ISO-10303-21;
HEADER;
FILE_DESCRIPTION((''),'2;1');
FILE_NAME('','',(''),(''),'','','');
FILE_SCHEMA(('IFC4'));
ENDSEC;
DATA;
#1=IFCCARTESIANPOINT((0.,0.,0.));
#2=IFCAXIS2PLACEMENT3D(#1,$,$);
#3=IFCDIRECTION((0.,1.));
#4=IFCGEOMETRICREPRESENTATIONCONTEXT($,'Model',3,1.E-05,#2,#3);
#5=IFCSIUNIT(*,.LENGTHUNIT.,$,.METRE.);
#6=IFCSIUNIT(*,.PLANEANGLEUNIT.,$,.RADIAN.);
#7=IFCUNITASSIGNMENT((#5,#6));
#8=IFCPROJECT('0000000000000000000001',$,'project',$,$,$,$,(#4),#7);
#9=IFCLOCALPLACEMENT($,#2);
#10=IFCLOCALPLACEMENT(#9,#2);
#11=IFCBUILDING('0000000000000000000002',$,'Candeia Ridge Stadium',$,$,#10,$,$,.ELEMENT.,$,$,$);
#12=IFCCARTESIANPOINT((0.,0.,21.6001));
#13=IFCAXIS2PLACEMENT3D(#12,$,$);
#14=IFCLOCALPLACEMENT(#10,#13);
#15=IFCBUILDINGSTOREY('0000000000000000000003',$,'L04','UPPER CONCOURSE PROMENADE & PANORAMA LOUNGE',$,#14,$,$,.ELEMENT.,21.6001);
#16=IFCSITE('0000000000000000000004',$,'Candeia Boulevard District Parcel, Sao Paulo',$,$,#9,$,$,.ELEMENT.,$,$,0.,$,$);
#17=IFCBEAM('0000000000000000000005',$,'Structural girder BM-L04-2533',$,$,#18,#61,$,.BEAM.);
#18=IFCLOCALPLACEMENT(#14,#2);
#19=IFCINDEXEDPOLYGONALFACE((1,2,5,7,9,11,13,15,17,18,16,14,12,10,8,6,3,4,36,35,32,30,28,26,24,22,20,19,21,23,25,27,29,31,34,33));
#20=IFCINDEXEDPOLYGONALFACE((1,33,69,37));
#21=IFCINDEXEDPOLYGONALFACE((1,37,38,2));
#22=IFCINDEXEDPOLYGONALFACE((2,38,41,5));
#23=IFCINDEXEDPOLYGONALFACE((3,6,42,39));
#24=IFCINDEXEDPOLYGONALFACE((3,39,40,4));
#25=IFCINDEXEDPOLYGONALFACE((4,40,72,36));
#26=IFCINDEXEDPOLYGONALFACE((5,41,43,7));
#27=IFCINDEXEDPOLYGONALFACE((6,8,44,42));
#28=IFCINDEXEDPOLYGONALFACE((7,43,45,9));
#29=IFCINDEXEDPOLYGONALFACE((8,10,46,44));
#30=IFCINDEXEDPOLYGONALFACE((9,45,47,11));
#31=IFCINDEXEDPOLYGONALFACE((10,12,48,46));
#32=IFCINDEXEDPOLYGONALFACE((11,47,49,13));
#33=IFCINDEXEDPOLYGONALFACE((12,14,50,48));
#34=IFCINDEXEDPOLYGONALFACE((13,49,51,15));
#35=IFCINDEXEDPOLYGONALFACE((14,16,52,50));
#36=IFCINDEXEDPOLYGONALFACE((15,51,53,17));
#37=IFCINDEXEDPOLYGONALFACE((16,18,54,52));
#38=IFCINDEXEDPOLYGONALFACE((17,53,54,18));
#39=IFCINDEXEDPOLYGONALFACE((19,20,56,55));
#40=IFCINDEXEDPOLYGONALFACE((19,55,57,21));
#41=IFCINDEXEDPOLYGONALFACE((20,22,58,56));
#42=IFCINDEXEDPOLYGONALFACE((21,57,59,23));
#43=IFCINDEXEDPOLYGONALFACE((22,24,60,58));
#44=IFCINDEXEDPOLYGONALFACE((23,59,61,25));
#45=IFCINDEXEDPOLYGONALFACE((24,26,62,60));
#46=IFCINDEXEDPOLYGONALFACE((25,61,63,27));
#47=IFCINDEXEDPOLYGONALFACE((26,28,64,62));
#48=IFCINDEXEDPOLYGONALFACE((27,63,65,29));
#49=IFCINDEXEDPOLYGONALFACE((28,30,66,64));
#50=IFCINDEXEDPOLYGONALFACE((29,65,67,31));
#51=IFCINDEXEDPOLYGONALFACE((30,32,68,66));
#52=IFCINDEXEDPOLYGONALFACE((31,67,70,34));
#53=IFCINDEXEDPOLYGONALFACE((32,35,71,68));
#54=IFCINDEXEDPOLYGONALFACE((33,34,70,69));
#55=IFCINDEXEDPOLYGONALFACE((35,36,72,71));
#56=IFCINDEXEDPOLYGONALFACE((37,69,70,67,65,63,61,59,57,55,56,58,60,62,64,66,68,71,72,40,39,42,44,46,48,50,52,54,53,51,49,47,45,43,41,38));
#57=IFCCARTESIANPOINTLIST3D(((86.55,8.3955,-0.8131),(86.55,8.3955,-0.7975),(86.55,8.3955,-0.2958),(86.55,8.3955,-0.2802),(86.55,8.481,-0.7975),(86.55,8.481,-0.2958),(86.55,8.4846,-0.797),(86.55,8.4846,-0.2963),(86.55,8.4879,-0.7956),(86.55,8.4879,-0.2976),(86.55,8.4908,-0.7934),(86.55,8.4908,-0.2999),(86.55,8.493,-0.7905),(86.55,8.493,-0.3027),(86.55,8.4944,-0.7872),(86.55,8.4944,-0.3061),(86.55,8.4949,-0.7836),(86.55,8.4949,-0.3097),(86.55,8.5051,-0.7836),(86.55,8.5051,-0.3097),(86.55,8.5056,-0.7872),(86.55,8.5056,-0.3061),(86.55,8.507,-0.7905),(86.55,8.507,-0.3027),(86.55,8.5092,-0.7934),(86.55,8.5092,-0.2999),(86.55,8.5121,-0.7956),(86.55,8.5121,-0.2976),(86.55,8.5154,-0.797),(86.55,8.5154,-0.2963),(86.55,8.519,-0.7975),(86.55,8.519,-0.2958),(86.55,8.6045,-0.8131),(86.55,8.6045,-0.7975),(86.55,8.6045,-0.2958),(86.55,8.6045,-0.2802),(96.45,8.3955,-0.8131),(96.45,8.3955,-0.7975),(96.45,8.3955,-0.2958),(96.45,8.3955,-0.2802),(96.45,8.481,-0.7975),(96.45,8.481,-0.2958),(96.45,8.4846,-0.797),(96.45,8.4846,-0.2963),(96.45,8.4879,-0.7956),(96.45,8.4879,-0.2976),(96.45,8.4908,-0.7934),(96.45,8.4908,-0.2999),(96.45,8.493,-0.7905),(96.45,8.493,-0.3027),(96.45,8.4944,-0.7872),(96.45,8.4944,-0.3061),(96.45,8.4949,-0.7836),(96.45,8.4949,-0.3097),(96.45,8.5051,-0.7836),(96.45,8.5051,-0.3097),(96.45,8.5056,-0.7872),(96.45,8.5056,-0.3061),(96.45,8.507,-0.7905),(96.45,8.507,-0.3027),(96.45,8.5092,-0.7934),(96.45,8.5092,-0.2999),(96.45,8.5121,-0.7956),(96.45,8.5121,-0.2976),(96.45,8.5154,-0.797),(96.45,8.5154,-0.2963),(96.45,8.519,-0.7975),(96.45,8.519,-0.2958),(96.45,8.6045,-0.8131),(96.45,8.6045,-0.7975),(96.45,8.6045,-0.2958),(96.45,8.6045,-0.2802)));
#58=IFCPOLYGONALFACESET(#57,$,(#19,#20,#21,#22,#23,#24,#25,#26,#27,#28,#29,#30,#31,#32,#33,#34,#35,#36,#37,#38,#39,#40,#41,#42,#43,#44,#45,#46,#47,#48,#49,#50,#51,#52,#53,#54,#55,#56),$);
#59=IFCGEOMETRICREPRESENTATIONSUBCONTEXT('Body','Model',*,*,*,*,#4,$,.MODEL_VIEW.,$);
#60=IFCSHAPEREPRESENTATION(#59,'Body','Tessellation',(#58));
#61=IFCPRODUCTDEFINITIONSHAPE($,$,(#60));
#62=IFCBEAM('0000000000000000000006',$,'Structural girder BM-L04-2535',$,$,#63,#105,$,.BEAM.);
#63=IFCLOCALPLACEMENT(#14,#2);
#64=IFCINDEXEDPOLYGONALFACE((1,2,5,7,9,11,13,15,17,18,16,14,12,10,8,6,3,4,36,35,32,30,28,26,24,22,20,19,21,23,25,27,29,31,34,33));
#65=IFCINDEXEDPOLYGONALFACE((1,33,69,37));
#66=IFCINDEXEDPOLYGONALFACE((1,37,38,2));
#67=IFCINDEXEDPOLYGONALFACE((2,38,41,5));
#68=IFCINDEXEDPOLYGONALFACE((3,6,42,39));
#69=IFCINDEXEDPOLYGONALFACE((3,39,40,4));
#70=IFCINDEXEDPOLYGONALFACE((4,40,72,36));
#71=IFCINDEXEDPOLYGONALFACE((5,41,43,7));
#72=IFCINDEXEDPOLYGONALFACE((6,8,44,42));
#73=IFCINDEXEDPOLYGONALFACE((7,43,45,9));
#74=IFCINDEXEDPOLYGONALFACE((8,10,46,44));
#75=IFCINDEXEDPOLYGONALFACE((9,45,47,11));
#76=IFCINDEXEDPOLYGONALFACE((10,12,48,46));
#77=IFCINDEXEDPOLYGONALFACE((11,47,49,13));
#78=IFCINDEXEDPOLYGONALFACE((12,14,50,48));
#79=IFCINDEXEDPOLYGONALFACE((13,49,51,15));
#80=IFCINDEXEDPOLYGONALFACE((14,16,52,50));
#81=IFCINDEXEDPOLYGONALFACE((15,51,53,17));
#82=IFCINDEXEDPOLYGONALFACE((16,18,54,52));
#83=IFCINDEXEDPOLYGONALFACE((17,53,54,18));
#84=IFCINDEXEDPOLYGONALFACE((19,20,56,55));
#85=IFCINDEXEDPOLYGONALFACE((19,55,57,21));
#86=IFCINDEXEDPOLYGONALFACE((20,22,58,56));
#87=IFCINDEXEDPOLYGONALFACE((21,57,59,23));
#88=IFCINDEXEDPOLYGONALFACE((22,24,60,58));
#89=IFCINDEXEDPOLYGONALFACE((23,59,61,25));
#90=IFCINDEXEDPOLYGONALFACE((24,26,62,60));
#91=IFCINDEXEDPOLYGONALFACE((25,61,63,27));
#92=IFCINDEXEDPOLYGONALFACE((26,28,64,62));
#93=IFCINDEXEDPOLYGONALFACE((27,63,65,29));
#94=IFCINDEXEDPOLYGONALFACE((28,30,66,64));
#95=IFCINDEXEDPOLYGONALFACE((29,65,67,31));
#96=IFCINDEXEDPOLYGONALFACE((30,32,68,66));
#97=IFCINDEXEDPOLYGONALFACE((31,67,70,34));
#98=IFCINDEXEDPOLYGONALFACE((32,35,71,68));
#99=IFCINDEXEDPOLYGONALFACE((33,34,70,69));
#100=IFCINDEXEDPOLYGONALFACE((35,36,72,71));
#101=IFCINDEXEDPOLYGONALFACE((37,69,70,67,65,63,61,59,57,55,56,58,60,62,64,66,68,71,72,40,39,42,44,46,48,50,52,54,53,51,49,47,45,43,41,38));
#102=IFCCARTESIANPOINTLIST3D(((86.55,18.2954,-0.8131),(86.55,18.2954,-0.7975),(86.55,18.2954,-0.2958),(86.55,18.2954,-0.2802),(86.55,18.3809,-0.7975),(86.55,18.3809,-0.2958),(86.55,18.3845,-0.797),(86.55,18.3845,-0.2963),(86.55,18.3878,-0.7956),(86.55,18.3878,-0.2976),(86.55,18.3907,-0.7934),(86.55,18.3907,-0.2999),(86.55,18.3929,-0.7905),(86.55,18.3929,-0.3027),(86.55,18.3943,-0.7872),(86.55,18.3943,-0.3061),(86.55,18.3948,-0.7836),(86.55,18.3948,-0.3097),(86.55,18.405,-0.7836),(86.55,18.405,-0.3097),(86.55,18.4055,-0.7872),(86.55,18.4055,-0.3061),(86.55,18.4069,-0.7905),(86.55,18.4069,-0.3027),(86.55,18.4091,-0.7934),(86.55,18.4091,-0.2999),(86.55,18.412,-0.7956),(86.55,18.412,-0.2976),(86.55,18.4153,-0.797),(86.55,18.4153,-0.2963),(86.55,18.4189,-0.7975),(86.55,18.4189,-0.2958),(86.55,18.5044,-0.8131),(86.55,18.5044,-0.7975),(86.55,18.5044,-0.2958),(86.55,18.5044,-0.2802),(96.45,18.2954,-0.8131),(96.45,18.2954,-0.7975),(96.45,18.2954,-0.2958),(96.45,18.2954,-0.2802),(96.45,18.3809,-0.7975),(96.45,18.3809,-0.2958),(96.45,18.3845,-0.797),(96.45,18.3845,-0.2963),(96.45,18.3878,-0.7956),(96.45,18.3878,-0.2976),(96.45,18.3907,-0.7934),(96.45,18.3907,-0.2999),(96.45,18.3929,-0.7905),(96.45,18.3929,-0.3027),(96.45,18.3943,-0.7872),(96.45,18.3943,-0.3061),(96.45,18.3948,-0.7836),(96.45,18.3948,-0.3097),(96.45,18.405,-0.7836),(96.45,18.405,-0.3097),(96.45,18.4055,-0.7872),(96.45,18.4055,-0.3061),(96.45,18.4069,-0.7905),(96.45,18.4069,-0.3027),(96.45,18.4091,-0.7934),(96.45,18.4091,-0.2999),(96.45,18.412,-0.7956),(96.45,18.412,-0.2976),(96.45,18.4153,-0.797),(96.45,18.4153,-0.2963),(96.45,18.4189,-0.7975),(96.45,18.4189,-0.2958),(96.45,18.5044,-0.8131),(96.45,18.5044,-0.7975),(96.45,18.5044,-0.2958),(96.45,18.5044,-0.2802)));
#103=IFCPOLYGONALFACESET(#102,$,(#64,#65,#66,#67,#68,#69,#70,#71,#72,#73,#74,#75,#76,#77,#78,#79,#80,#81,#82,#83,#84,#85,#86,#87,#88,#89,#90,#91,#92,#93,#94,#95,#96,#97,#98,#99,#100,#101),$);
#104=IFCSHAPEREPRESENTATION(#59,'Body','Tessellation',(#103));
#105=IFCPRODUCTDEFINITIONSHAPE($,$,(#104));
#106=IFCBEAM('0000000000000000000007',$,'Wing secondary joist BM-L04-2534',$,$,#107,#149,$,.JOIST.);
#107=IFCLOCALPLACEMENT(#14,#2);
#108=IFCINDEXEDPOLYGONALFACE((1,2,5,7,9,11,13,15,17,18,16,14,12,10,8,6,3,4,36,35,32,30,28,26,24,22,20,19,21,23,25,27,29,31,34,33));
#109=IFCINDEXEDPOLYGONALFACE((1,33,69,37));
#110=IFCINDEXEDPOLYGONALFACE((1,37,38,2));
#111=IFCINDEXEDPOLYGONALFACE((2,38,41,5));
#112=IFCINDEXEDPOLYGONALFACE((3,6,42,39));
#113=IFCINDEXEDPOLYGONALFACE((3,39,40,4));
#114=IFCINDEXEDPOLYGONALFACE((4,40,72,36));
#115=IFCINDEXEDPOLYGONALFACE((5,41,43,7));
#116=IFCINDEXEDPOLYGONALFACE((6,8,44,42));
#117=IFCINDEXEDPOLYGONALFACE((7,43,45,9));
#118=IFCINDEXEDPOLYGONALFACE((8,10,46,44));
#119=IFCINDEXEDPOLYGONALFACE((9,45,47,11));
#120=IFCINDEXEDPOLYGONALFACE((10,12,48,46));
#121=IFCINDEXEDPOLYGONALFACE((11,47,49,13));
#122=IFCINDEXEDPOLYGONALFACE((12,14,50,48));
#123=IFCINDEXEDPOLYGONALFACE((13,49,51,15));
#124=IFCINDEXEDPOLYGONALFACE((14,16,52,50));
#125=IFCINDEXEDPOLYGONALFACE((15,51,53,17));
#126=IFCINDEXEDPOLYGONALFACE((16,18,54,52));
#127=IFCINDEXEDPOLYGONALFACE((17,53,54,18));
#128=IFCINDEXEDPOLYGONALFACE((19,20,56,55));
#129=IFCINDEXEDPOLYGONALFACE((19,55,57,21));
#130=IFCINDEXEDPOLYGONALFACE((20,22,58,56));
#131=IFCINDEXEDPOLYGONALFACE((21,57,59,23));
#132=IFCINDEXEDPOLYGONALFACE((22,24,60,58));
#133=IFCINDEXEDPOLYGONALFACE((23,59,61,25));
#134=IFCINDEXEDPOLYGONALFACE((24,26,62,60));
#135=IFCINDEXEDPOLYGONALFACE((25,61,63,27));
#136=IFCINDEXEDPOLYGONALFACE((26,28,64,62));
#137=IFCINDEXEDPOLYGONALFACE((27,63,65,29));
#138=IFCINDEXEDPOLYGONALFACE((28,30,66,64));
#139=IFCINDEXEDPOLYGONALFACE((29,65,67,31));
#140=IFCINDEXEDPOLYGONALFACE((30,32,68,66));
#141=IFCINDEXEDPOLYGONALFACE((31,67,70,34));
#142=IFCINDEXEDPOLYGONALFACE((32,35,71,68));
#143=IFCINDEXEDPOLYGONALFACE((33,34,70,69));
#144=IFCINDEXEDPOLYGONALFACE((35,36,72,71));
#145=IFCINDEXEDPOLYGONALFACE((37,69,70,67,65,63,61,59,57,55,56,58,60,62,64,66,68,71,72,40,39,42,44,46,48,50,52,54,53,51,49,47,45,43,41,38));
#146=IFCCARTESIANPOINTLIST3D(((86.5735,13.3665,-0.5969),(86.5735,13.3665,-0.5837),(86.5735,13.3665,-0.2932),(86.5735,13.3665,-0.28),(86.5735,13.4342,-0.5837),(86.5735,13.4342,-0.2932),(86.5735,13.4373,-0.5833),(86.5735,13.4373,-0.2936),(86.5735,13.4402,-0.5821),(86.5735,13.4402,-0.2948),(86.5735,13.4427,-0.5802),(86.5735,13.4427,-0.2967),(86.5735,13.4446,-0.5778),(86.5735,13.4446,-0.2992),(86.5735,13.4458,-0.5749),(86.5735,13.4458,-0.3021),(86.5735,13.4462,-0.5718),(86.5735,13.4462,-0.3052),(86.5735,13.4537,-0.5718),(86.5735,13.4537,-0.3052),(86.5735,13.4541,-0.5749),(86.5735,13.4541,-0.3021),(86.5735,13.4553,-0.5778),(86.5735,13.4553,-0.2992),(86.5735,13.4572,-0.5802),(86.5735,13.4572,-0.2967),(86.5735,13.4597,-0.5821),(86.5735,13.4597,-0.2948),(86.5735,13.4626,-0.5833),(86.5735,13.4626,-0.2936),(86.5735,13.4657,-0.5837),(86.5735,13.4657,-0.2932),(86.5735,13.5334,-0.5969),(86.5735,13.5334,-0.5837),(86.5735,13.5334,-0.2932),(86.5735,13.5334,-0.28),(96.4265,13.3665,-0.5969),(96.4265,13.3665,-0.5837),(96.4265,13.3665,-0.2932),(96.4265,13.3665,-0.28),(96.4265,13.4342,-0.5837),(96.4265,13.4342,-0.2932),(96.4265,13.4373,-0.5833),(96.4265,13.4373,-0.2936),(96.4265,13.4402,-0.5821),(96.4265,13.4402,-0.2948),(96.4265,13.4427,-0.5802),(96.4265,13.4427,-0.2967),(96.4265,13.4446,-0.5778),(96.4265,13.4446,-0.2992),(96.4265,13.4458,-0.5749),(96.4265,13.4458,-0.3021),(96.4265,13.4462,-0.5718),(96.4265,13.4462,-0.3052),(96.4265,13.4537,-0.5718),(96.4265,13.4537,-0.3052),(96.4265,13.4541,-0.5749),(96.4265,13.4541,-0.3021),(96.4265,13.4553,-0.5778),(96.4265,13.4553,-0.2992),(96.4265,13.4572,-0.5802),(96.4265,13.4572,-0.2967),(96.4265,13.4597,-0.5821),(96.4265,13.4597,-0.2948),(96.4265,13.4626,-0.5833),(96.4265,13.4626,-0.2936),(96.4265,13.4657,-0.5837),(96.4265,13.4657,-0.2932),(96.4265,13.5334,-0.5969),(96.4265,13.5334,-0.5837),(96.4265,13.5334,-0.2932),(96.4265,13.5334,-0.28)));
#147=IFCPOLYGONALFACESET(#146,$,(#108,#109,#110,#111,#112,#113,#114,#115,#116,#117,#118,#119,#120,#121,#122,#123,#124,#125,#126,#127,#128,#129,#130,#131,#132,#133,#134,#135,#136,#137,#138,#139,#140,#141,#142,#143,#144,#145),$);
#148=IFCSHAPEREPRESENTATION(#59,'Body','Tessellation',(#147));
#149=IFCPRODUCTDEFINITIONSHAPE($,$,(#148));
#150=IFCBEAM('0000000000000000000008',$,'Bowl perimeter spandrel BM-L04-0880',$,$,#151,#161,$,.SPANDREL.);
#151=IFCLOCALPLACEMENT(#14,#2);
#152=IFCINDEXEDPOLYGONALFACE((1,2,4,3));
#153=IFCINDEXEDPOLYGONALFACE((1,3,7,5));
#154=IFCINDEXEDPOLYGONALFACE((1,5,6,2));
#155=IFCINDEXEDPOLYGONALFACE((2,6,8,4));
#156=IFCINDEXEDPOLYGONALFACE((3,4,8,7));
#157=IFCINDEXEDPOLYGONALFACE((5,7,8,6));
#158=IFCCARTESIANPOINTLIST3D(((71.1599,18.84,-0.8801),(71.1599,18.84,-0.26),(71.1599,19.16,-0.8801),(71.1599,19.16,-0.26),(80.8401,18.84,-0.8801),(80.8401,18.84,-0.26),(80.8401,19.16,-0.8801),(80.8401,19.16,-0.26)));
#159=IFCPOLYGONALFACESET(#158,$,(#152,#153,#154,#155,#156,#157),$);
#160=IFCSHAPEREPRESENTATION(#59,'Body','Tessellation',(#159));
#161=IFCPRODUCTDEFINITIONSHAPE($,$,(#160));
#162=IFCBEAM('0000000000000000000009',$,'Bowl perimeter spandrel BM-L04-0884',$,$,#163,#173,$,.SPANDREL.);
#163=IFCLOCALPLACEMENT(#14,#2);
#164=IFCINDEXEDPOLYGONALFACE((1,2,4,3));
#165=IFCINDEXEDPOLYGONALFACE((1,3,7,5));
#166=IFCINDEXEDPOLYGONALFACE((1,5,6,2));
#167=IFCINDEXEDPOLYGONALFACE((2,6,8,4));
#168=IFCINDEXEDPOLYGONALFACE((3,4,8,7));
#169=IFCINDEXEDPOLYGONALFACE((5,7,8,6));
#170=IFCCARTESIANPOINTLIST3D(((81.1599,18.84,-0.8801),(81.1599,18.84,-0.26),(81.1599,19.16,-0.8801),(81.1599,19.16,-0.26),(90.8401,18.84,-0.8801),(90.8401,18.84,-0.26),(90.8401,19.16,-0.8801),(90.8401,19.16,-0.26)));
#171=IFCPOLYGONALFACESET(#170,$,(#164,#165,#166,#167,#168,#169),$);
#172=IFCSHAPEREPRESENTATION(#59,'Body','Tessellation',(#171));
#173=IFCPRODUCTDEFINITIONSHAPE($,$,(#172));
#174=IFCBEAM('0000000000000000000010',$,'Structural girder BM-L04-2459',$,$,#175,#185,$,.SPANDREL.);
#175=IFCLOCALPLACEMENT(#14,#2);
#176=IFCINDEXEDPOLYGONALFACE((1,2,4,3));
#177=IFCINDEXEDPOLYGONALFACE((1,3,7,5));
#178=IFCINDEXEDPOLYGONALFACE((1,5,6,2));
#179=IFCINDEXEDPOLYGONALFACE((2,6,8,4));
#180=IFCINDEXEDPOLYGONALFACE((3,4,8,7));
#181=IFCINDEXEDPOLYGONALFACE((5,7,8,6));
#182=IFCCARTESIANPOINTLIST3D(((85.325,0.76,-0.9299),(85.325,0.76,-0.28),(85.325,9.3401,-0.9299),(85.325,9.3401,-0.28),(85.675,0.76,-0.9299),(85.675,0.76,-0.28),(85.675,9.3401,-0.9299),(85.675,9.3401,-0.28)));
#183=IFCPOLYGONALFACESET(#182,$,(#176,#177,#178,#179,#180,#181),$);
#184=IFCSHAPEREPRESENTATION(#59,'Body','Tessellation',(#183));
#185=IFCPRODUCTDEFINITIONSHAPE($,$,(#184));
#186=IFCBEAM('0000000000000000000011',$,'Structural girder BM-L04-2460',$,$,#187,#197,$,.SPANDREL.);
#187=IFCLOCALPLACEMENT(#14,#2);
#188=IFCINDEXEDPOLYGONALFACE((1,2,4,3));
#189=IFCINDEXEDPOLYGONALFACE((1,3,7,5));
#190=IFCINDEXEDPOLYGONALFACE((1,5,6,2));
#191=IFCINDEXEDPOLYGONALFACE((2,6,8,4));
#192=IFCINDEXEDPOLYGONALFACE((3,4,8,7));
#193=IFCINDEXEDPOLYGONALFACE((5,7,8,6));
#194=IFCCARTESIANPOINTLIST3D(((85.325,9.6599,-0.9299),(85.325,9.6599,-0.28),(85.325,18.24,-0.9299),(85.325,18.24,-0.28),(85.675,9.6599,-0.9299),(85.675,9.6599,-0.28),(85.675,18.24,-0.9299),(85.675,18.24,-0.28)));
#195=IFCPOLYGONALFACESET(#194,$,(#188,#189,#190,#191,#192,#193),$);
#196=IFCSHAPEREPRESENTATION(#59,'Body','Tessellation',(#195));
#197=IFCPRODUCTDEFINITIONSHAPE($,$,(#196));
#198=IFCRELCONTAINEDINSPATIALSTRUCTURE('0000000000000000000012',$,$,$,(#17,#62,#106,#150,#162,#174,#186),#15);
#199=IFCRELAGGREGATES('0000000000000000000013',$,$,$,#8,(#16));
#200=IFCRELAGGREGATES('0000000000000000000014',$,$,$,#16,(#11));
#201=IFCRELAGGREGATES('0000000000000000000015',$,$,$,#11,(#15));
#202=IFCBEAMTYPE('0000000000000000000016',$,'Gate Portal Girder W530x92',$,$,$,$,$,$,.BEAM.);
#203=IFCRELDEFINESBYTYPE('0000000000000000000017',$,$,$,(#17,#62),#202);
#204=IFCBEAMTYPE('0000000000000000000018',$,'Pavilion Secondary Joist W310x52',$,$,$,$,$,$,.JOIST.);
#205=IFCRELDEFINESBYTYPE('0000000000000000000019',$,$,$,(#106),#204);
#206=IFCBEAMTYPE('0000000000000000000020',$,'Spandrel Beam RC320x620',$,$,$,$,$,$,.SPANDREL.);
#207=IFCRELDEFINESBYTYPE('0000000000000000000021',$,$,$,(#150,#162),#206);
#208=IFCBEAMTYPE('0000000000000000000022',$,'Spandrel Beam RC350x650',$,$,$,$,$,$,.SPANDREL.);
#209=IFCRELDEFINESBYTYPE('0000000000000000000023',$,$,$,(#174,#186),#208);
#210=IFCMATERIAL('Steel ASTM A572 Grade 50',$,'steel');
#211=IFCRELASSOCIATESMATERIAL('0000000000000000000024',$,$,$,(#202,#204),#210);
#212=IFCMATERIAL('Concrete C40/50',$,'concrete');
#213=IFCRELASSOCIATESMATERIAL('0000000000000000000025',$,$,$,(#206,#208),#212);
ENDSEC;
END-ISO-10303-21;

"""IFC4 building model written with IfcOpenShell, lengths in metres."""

from ifc_helpers import new_model, si_unit, direction, frame, origin, origin_2d, place, context, subcontext, project, spatial, rectangle, i_section, extrude, material, material_profile, profile_set, type_object, element, save


model = new_model("IFC4")

# Units and contexts
model_context = context("Model", 3, precision=1e-05, world=origin(), true_north=direction((0.0, 1.0)))
body_context = subcontext(model_context, "Body", "Model", "MODEL_VIEW")
ifc_project = project(units=[si_unit("LENGTHUNIT", "METRE"), si_unit("PLANEANGLEUNIT", "RADIAN")], contexts=[model_context])

# Site, building, storey
site_placement = place(None, origin())
site = spatial("IfcSite", under=ifc_project, at=site_placement, Name="Candeia Boulevard District Parcel, Sao Paulo", CompositionType="ELEMENT", RefElevation=0.0)
building_placement = place(site_placement, origin())
building = spatial("IfcBuilding", under=site, at=building_placement, Name="Candeia Ridge Stadium", CompositionType="ELEMENT")
storey_placement = place(building_placement, frame((0.0, 0.0, 21.6001)))
storey = spatial("IfcBuildingStorey", under=building, at=storey_placement, Name="L04", Description="UPPER CONCOURSE PROMENADE & PANORAMA LOUNGE", CompositionType="ELEMENT", Elevation=21.6001)

# Shared definitions
ifc_material_1 = material(Name="Steel ASTM A572 Grade 50", Category="steel")

# Beams
ifc_material_2 = material(Name="Concrete C40/50", Category="concrete")
ifc_material_profile_1 = material_profile(ifc_material_1, i_section(OverallWidth=0.209, OverallDepth=0.533, WebThickness=0.0103, FlangeThickness=0.0156, FilletRadius=0.0139, at=origin_2d()), Name="W530x92", Category="steel")
ifc_profile_set_1 = profile_set([ifc_material_profile_1], Name="Steel ASTM A572 Grade 50")
beam_type_1 = type_object("IfcBeamType", Name="Gate Portal Girder W530x92", PredefinedType="BEAM", material=ifc_profile_set_1)
for number, where, z_axis, x_axis, name in (
    (1, (86.55, 8.5, -0.5466), (1.0, 0.0, 0.0), (0.0, 1.0, 0.0), "Structural girder BM-L04-2533"),
    (2, (86.55, 18.3999, -0.5466), (1.0, 0.0, 0.0), (0.0, 1.0, 0.0), "Structural girder BM-L04-2535"),
):
    element("IfcBeam", number, at=place(storey_placement, frame(where, z_axis=z_axis, x_axis=x_axis)), inside=storey, type_object=beam_type_1, Name=name, PredefinedType="BEAM", context=body_context, shape_type="SweptSolid", body=[
        extrude(i_section(OverallWidth=0.209, OverallDepth=0.533, WebThickness=0.0103, FlangeThickness=0.0156, FilletRadius=0.0139, at=origin_2d()), origin(), (0.0, 0.0, 1.0), 9.8999),
    ])
ifc_material_profile_2 = material_profile(ifc_material_1, i_section(OverallWidth=0.167, OverallDepth=0.3169, WebThickness=0.0076, FlangeThickness=0.0132, FilletRadius=0.012, at=origin_2d()), Name="W310x52", Category="steel")
ifc_profile_set_2 = profile_set([ifc_material_profile_2], Name="Steel ASTM A572 Grade 50")
beam_type_2 = type_object("IfcBeamType", Name="Pavilion Secondary Joist W310x52", PredefinedType="JOIST", material=ifc_profile_set_2)
beam_1_placement = place(storey_placement, frame((86.5735, 13.45, -0.4385), z_axis=(1.0, 0.0, 0.0), x_axis=(0.0, 1.0, 0.0)))
element("IfcBeam", 3, at=beam_1_placement, inside=storey, type_object=beam_type_2, Name="Wing secondary joist BM-L04-2534", PredefinedType="JOIST", context=body_context, shape_type="SweptSolid", body=[
    extrude(i_section(OverallWidth=0.167, OverallDepth=0.3169, WebThickness=0.0076, FlangeThickness=0.0132, FilletRadius=0.012, at=origin_2d()), origin(), (0.0, 0.0, 1.0), 9.853),
])
ifc_material_profile_3 = material_profile(ifc_material_2, rectangle(XDim=0.3201, YDim=0.6201, at=origin_2d()), Name="RC320x620", Category="concrete")
ifc_profile_set_3 = profile_set([ifc_material_profile_3], Name="Concrete C40/50")
beam_type_3 = type_object("IfcBeamType", Name="Spandrel Beam RC320x620", PredefinedType="SPANDREL", material=ifc_profile_set_3)
for number, where, z_axis, x_axis, name in (
    (4, (71.1599, 19.0, -0.5701), (1.0, 0.0, 0.0), (0.0, 1.0, 0.0), "Bowl perimeter spandrel BM-L04-0880"),
    (5, (81.1599, 19.0, -0.5701), (1.0, 0.0, 0.0), (0.0, 1.0, 0.0), "Bowl perimeter spandrel BM-L04-0884"),
):
    element("IfcBeam", number, at=place(storey_placement, frame(where, z_axis=z_axis, x_axis=x_axis)), inside=storey, type_object=beam_type_3, Name=name, PredefinedType="SPANDREL", context=body_context, shape_type="SweptSolid", body=[
        extrude(rectangle(XDim=0.3201, YDim=0.6201, at=origin_2d()), origin(), (0.0, 0.0, 1.0), 9.6802),
    ])
ifc_material_profile_4 = material_profile(ifc_material_2, rectangle(XDim=0.3501, YDim=0.6499, at=origin_2d()), Name="RC350x650", Category="concrete")
ifc_profile_set_4 = profile_set([ifc_material_profile_4], Name="Concrete C40/50")
beam_type_4 = type_object("IfcBeamType", Name="Spandrel Beam RC350x650", PredefinedType="SPANDREL", material=ifc_profile_set_4)
for number, where, z_axis, x_axis, name in (
    (6, (85.5, 0.76, -0.605), (0.0, 1.0, 0.0), (-1.0, 0.0, 0.0), "Structural girder BM-L04-2459"),
    (7, (85.5, 9.6599, -0.605), (0.0, 1.0, 0.0), (-1.0, 0.0, 0.0), "Structural girder BM-L04-2460"),
):
    element("IfcBeam", number, at=place(storey_placement, frame(where, z_axis=z_axis, x_axis=x_axis)), inside=storey, type_object=beam_type_4, Name=name, PredefinedType="SPANDREL", context=body_context, shape_type="SweptSolid", body=[
        extrude(rectangle(XDim=0.3501, YDim=0.6499, at=origin_2d()), origin(), (0.0, 0.0, 1.0), 8.5801),
    ])

save(model, "model.ifc")
